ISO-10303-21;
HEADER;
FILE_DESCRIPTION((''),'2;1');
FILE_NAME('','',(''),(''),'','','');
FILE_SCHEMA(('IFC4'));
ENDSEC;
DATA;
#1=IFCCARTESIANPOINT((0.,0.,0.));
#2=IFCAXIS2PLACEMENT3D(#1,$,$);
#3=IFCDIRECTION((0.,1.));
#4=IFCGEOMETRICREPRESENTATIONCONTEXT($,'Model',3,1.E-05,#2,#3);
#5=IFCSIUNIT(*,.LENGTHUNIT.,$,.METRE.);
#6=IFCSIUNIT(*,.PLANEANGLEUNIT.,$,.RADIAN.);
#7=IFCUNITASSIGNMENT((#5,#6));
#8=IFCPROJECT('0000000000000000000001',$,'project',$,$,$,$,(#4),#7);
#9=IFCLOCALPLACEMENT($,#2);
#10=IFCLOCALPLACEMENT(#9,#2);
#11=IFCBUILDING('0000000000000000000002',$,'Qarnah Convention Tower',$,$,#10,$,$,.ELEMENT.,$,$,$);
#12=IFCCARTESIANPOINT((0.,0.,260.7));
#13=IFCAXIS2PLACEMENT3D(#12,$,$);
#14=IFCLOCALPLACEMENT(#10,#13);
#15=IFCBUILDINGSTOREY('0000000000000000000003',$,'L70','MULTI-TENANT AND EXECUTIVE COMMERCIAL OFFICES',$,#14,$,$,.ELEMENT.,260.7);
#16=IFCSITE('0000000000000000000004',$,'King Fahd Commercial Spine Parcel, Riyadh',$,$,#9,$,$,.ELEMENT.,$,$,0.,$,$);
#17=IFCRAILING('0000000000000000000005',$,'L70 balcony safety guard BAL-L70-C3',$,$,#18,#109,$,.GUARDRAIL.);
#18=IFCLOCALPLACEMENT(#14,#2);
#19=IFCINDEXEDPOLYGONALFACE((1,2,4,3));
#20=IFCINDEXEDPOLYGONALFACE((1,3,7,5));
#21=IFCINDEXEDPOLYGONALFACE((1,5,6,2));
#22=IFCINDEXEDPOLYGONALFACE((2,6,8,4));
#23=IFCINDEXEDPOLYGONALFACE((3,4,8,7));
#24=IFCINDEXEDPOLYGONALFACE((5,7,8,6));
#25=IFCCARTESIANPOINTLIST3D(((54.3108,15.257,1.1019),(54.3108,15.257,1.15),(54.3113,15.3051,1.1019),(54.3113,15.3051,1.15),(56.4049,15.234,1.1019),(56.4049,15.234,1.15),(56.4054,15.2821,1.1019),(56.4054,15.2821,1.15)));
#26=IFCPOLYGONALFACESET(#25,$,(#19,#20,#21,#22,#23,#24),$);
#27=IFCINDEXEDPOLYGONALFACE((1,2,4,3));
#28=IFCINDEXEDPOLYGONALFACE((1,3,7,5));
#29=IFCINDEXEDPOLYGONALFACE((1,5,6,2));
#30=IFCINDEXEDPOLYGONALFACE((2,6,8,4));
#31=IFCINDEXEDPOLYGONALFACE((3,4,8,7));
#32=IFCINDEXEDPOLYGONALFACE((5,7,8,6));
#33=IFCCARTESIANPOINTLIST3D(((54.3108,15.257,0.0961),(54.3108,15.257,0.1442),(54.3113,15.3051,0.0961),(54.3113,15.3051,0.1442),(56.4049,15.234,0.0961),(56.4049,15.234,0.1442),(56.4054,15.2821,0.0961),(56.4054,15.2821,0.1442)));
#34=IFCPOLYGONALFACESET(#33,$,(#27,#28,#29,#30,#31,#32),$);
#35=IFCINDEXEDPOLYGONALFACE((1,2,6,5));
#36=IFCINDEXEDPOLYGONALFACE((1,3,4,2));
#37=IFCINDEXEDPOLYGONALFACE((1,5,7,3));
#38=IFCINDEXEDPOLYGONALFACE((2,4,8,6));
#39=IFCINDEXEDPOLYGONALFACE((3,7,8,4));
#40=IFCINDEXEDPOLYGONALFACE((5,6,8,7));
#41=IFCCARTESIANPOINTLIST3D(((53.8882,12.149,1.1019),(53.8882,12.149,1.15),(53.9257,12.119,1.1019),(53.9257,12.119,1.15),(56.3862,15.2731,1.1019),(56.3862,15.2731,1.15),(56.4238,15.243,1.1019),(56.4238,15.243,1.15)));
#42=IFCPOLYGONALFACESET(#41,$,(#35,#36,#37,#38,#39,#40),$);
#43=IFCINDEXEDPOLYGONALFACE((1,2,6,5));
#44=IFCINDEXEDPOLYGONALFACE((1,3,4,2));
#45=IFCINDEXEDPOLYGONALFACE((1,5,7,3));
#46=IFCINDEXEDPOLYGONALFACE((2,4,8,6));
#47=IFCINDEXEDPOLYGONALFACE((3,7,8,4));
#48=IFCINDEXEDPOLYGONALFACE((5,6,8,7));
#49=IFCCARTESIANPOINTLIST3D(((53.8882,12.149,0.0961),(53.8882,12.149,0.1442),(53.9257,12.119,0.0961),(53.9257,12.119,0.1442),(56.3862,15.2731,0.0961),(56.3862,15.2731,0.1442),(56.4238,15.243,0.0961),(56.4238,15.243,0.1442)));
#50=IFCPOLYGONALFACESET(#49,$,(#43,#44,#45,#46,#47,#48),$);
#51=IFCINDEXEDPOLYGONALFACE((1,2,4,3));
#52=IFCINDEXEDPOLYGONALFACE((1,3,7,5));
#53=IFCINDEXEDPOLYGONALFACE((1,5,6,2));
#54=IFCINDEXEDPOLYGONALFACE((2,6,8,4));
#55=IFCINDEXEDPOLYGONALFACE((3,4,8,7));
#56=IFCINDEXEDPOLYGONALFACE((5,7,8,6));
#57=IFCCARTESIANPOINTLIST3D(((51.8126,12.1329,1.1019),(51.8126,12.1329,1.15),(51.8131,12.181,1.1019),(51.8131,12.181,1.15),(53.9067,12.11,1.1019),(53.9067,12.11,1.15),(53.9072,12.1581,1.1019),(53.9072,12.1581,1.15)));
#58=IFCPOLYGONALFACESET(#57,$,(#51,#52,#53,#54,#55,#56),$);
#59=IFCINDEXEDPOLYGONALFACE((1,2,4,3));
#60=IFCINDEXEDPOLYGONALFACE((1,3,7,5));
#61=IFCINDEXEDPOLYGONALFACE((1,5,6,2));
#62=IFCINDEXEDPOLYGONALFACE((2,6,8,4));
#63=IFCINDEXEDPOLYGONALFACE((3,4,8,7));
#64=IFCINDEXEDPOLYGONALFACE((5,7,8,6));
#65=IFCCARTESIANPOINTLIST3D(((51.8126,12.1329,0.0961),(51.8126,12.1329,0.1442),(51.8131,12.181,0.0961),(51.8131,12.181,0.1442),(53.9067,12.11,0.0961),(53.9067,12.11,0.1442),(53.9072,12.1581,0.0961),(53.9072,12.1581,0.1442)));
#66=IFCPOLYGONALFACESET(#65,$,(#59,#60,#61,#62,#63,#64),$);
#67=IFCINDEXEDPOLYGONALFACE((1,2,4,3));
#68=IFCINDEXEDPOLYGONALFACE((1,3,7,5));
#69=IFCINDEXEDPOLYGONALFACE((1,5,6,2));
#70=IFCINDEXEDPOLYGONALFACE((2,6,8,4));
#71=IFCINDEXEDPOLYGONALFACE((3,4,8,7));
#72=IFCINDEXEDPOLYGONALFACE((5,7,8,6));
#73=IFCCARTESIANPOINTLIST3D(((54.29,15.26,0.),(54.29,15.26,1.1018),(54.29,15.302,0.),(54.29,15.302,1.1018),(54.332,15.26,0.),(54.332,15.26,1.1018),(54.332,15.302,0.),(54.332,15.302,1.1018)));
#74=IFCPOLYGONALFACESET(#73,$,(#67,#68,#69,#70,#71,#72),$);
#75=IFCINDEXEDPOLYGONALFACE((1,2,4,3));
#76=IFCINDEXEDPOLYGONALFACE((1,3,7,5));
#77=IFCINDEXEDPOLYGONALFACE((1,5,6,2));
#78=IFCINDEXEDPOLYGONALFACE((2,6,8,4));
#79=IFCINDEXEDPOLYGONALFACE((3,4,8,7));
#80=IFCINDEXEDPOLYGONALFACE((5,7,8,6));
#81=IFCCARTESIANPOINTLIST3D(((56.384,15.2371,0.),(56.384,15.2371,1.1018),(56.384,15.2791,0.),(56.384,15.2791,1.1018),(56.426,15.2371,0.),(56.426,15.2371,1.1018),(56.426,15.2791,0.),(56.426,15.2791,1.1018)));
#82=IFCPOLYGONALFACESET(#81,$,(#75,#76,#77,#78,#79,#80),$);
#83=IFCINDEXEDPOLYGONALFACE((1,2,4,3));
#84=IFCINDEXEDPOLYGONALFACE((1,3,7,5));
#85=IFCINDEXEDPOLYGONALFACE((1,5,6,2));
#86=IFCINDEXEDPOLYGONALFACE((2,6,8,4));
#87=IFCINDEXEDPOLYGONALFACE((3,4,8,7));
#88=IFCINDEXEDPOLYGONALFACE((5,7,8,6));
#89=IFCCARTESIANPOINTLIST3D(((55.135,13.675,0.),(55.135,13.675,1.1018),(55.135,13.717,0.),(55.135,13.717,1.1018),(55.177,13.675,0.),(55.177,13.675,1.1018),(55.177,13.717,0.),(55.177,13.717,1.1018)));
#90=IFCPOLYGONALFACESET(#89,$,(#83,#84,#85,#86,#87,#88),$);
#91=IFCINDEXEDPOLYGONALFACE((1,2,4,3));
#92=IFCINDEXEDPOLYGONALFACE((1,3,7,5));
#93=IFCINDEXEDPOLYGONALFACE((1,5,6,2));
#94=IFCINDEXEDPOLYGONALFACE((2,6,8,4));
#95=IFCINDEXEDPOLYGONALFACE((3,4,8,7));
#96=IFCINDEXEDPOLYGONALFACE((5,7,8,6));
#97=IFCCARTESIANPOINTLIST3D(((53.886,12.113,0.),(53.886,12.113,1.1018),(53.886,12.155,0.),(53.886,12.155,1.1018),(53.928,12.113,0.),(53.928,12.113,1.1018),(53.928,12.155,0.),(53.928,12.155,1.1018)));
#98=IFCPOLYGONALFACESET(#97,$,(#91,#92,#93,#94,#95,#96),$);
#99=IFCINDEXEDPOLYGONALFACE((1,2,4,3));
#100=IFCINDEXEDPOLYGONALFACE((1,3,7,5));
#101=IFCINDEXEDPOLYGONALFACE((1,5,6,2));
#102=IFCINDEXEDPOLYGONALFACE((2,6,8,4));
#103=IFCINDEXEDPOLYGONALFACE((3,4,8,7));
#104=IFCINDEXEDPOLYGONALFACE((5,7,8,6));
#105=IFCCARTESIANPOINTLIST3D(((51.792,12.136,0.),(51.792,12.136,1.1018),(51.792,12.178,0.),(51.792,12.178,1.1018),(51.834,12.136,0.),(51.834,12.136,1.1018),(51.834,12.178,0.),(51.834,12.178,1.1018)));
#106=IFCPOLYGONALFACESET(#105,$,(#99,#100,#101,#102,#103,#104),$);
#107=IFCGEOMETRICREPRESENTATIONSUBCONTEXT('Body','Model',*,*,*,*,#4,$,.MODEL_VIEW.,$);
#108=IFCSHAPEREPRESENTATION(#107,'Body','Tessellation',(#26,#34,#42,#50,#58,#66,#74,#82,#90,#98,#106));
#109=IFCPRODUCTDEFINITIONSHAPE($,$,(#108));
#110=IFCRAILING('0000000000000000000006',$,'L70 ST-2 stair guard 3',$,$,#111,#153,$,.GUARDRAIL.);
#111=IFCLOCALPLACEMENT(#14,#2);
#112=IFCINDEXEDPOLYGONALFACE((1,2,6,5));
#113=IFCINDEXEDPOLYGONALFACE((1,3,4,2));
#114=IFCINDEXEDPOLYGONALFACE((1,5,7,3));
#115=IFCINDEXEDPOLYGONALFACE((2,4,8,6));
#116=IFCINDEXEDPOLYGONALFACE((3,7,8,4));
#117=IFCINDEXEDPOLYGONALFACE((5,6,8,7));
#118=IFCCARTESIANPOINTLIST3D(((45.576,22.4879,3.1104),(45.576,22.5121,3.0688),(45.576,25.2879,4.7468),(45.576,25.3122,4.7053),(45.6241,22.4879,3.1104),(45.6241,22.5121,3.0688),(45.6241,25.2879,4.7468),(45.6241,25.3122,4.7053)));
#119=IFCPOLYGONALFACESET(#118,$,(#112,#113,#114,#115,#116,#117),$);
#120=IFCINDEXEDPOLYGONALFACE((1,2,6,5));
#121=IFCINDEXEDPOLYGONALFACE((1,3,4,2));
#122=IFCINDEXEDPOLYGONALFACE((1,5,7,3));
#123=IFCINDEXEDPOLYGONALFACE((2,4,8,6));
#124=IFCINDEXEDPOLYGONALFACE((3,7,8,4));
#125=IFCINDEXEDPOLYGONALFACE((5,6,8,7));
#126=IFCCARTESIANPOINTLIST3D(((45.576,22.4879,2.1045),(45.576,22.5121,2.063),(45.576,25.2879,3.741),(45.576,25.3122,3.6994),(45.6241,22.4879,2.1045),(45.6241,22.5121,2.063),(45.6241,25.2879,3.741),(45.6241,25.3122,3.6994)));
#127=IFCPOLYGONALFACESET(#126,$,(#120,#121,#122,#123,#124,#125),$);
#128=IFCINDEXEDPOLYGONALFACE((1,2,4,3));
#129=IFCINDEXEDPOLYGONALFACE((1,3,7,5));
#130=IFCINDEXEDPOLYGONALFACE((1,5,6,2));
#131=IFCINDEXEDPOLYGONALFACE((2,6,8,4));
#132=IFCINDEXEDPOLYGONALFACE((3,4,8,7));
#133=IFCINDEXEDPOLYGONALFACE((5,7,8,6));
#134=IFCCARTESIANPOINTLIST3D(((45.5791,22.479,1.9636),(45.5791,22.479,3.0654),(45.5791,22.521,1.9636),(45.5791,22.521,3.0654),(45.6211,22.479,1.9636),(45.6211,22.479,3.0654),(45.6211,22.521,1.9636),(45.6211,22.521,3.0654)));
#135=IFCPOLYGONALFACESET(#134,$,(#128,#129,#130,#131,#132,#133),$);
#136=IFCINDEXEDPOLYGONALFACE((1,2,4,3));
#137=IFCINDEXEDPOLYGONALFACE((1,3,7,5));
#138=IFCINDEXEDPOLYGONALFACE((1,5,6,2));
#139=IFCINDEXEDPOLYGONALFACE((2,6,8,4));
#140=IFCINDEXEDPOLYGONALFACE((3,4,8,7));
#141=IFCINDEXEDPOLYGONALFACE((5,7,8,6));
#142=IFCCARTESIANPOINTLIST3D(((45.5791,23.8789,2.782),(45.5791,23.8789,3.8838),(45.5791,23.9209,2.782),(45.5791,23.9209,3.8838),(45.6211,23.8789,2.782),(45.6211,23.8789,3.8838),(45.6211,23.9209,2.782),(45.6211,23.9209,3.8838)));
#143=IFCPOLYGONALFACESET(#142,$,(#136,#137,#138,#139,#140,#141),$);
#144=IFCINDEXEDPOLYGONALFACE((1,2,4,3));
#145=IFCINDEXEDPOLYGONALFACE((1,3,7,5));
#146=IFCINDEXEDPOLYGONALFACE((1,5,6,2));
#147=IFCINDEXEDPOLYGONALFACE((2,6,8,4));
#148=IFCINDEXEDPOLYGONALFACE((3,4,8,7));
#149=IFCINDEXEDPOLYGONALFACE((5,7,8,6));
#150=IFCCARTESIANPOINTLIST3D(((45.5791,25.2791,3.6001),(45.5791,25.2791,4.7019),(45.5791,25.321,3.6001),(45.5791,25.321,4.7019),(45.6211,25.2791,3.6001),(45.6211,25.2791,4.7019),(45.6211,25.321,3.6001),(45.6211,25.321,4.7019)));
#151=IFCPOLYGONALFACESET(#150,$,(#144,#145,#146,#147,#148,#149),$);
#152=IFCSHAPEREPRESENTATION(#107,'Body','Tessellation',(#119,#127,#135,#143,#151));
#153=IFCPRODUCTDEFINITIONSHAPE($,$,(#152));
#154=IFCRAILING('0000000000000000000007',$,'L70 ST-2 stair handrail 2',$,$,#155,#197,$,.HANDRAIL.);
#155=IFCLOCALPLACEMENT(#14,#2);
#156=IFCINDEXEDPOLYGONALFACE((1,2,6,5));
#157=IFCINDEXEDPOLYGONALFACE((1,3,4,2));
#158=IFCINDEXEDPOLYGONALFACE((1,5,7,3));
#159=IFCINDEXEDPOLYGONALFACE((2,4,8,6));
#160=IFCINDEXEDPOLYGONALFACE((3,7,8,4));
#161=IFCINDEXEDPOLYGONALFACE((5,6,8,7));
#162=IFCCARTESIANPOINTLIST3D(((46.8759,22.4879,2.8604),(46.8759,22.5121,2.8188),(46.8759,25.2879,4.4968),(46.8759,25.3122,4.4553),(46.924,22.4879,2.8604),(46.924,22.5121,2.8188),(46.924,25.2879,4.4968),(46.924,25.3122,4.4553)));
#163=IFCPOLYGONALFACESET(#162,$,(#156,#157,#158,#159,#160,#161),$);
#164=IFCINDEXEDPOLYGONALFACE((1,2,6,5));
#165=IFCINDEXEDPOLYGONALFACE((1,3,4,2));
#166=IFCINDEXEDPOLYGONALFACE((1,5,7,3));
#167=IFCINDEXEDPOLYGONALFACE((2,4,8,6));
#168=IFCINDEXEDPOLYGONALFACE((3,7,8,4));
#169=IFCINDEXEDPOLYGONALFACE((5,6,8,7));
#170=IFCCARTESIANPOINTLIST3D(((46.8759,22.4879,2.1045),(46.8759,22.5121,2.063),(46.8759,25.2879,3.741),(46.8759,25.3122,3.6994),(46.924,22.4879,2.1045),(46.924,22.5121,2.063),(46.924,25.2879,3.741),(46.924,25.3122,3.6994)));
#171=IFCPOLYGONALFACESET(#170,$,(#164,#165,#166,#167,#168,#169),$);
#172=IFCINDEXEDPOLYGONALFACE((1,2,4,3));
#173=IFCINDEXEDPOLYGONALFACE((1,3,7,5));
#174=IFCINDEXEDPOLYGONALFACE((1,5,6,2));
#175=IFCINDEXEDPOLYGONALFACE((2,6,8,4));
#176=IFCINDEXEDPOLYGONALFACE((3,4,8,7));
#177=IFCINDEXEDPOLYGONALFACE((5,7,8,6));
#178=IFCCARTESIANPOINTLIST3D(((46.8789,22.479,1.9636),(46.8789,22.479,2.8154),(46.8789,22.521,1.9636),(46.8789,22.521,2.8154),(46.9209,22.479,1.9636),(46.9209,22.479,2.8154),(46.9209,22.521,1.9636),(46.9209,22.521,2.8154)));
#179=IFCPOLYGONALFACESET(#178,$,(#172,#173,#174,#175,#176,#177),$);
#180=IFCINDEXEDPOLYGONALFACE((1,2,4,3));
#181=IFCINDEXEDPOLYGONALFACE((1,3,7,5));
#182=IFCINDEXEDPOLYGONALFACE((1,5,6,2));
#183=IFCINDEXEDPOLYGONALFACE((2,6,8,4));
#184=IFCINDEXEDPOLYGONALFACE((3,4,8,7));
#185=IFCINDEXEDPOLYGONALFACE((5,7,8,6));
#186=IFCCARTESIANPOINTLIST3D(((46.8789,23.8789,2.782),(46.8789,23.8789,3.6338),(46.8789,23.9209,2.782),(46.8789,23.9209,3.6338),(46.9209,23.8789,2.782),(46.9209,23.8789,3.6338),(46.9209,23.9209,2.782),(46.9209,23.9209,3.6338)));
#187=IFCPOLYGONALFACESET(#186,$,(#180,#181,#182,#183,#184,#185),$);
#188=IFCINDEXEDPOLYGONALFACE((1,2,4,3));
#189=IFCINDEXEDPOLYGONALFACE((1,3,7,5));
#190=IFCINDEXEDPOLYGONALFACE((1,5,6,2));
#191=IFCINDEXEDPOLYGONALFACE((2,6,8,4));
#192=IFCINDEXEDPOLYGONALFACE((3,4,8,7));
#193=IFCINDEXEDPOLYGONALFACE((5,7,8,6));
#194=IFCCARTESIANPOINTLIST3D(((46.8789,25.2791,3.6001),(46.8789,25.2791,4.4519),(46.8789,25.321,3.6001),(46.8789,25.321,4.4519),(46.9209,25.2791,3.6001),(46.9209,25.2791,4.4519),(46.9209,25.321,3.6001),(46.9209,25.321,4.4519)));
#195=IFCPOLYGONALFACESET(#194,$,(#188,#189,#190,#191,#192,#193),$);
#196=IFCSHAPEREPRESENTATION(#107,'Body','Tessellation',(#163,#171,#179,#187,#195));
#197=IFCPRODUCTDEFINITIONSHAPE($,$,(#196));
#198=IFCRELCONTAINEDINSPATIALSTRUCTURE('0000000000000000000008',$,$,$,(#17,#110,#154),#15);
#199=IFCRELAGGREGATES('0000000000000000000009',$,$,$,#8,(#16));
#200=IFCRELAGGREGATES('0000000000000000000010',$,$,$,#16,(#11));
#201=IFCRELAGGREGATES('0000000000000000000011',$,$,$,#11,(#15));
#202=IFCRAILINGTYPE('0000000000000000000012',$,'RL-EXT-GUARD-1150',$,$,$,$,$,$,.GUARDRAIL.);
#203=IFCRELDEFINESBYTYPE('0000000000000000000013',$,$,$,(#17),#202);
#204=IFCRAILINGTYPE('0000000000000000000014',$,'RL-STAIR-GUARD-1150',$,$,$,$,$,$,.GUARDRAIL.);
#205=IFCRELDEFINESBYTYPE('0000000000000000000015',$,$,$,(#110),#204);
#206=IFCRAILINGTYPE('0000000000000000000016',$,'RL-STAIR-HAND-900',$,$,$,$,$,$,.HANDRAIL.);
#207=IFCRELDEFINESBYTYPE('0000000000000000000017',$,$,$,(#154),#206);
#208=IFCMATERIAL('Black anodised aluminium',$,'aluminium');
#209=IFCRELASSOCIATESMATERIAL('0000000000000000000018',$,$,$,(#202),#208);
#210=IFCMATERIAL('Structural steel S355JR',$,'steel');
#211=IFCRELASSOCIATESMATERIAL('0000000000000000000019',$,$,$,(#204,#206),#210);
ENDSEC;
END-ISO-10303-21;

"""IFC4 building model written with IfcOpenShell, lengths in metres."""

from ifc_helpers import new_model, si_unit, direction, frame, origin, origin_2d, place, context, subcontext, project, spatial, rectangle, extrude, material, type_object, element, save


model = new_model("IFC4")

# Units and contexts
model_context = context("Model", 3, precision=1e-05, world=origin(), true_north=direction((0.0, 1.0)))
body_context = subcontext(model_context, "Body", "Model", "MODEL_VIEW")
ifc_project = project(units=[si_unit("LENGTHUNIT", "METRE"), si_unit("PLANEANGLEUNIT", "RADIAN")], contexts=[model_context])

# Site, building, storey
site_placement = place(None, origin())
site = spatial("IfcSite", under=ifc_project, at=site_placement, Name="King Fahd Commercial Spine Parcel, Riyadh", CompositionType="ELEMENT", RefElevation=0.0)
building_placement = place(site_placement, origin())
building = spatial("IfcBuilding", under=site, at=building_placement, Name="Qarnah Convention Tower", CompositionType="ELEMENT")
storey_placement = place(building_placement, frame((0.0, 0.0, 260.7)))
storey = spatial("IfcBuildingStorey", under=building, at=storey_placement, Name="L70", Description="MULTI-TENANT AND EXECUTIVE COMMERCIAL OFFICES", CompositionType="ELEMENT", Elevation=260.7)

# Shared definitions
ifc_material_1 = material(Name="Structural steel S355JR", Category="steel")

# Shared definitions
ifc_material_2 = material(Name="Black anodised aluminium", Category="aluminium")

# Railings
railing_type_1 = type_object("IfcRailingType", Name="RL-EXT-GUARD-1150", PredefinedType="GUARDRAIL", material=ifc_material_2)
railing_1_placement = place(storey_placement, frame((54.311, 15.281, 0.0)))
element("IfcRailing", 1, at=railing_1_placement, inside=storey, type_object=railing_type_1, Name="L70 balcony safety guard BAL-L70-C3", PredefinedType="GUARDRAIL", context=body_context, shape_type="SweptSolid", body=[
    extrude(rectangle(XDim=0.0481, YDim=0.0481, at=origin_2d()), frame((0.0, 0.0, 1.126), z_axis=(0.99994, -0.010959, 0.0), x_axis=(0.010959, 0.99994, 0.0)), (0.0, 0.0, 1.0), 2.0942),
    extrude(rectangle(XDim=0.0481, YDim=0.0481, at=origin_2d()), frame((0.0, 0.0, 0.1201), z_axis=(0.99994, -0.010959, 0.0), x_axis=(0.010959, 0.99994, 0.0)), (0.0, 0.0, 1.0), 2.0942),
    extrude(rectangle(XDim=0.0481, YDim=0.0481, at=origin_2d()), frame((2.094, -0.0229, 1.126), z_axis=(-0.624516, -0.781012, 0.0), x_axis=(0.781012, -0.624516, 0.0)), (0.0, 0.0, 1.0), 4.0),
    extrude(rectangle(XDim=0.0481, YDim=0.0481, at=origin_2d()), frame((2.094, -0.0229, 0.1201), z_axis=(-0.624516, -0.781012, 0.0), x_axis=(0.781012, -0.624516, 0.0)), (0.0, 0.0, 1.0), 4.0),
    extrude(rectangle(XDim=0.0481, YDim=0.0481, at=origin_2d()), frame((-0.4041, -3.147, 1.126), z_axis=(-0.99994, 0.010959, 0.0), x_axis=(-0.010959, -0.99994, 0.0)), (0.0, 0.0, 1.0), 2.0942),
    extrude(rectangle(XDim=0.0481, YDim=0.0481, at=origin_2d()), frame((-0.4041, -3.147, 0.1201), z_axis=(-0.99994, 0.010959, 0.0), x_axis=(-0.010959, -0.99994, 0.0)), (0.0, 0.0, 1.0), 2.0942),
    extrude(rectangle(XDim=0.042, YDim=0.042, at=origin_2d()), origin(), (0.0, 0.0, 1.0), 1.1018),
    extrude(rectangle(XDim=0.042, YDim=0.042, at=origin_2d()), frame((2.094, -0.0229, 0.0)), (0.0, 0.0, 1.0), 1.1018),
    extrude(rectangle(XDim=0.042, YDim=0.042, at=origin_2d()), frame((0.845, -1.585, 0.0)), (0.0, 0.0, 1.0), 1.1018),
    extrude(rectangle(XDim=0.042, YDim=0.042, at=origin_2d()), frame((-0.4041, -3.147, 0.0)), (0.0, 0.0, 1.0), 1.1018),
    extrude(rectangle(XDim=0.042, YDim=0.042, at=origin_2d()), frame((-2.498, -3.124, 0.0)), (0.0, 0.0, 1.0), 1.1018),
])
railing_type_2 = type_object("IfcRailingType", Name="RL-STAIR-GUARD-1150", PredefinedType="GUARDRAIL", material=ifc_material_1)
railing_2_placement = place(storey_placement, frame((45.6001, 22.5, 1.9636)))
element("IfcRailing", 2, at=railing_2_placement, inside=storey, type_object=railing_type_2, Name="L70 ST-2 stair guard 3", PredefinedType="GUARDRAIL", context=body_context, shape_type="SweptSolid", body=[
    extrude(rectangle(XDim=0.0481, YDim=0.0481, at=origin_2d()), frame((0.0, 0.0, 1.126), z_axis=(0.0, 0.863361, 0.504587), x_axis=(-1.0, 0.0, 0.0)), (0.0, 0.0, 1.0), 3.2432),
    extrude(rectangle(XDim=0.0481, YDim=0.0481, at=origin_2d()), frame((0.0, 0.0, 0.1201), z_axis=(0.0, 0.863361, 0.504587), x_axis=(-1.0, 0.0, 0.0)), (0.0, 0.0, 1.0), 3.2432),
    extrude(rectangle(XDim=0.042, YDim=0.042, at=origin_2d()), origin(), (0.0, 0.0, 1.0), 1.1018),
    extrude(rectangle(XDim=0.042, YDim=0.042, at=origin_2d()), frame((0.0, 1.3999, 0.8184)), (0.0, 0.0, 1.0), 1.1018),
    extrude(rectangle(XDim=0.042, YDim=0.042, at=origin_2d()), frame((0.0, 2.8, 1.6365)), (0.0, 0.0, 1.0), 1.1018),
])
railing_type_3 = type_object("IfcRailingType", Name="RL-STAIR-HAND-900", PredefinedType="HANDRAIL", material=ifc_material_1)
railing_3_placement = place(storey_placement, frame((46.8999, 22.5, 1.9636)))
element("IfcRailing", 3, at=railing_3_placement, inside=storey, type_object=railing_type_3, Name="L70 ST-2 stair handrail 2", PredefinedType="HANDRAIL", context=body_context, shape_type="SweptSolid", body=[
    extrude(rectangle(XDim=0.0481, YDim=0.0481, at=origin_2d()), frame((0.0, 0.0, 0.876), z_axis=(0.0, 0.863361, 0.504587), x_axis=(-1.0, 0.0, 0.0)), (0.0, 0.0, 1.0), 3.2432),
    extrude(rectangle(XDim=0.0481, YDim=0.0481, at=origin_2d()), frame((0.0, 0.0, 0.1201), z_axis=(0.0, 0.863361, 0.504587), x_axis=(-1.0, 0.0, 0.0)), (0.0, 0.0, 1.0), 3.2432),
    extrude(rectangle(XDim=0.042, YDim=0.042, at=origin_2d()), origin(), (0.0, 0.0, 1.0), 0.8518),
    extrude(rectangle(XDim=0.042, YDim=0.042, at=origin_2d()), frame((0.0, 1.3999, 0.8184)), (0.0, 0.0, 1.0), 0.8518),
    extrude(rectangle(XDim=0.042, YDim=0.042, at=origin_2d()), frame((0.0, 2.8, 1.6365)), (0.0, 0.0, 1.0), 0.8518),
])

save(model, "model.ifc")
